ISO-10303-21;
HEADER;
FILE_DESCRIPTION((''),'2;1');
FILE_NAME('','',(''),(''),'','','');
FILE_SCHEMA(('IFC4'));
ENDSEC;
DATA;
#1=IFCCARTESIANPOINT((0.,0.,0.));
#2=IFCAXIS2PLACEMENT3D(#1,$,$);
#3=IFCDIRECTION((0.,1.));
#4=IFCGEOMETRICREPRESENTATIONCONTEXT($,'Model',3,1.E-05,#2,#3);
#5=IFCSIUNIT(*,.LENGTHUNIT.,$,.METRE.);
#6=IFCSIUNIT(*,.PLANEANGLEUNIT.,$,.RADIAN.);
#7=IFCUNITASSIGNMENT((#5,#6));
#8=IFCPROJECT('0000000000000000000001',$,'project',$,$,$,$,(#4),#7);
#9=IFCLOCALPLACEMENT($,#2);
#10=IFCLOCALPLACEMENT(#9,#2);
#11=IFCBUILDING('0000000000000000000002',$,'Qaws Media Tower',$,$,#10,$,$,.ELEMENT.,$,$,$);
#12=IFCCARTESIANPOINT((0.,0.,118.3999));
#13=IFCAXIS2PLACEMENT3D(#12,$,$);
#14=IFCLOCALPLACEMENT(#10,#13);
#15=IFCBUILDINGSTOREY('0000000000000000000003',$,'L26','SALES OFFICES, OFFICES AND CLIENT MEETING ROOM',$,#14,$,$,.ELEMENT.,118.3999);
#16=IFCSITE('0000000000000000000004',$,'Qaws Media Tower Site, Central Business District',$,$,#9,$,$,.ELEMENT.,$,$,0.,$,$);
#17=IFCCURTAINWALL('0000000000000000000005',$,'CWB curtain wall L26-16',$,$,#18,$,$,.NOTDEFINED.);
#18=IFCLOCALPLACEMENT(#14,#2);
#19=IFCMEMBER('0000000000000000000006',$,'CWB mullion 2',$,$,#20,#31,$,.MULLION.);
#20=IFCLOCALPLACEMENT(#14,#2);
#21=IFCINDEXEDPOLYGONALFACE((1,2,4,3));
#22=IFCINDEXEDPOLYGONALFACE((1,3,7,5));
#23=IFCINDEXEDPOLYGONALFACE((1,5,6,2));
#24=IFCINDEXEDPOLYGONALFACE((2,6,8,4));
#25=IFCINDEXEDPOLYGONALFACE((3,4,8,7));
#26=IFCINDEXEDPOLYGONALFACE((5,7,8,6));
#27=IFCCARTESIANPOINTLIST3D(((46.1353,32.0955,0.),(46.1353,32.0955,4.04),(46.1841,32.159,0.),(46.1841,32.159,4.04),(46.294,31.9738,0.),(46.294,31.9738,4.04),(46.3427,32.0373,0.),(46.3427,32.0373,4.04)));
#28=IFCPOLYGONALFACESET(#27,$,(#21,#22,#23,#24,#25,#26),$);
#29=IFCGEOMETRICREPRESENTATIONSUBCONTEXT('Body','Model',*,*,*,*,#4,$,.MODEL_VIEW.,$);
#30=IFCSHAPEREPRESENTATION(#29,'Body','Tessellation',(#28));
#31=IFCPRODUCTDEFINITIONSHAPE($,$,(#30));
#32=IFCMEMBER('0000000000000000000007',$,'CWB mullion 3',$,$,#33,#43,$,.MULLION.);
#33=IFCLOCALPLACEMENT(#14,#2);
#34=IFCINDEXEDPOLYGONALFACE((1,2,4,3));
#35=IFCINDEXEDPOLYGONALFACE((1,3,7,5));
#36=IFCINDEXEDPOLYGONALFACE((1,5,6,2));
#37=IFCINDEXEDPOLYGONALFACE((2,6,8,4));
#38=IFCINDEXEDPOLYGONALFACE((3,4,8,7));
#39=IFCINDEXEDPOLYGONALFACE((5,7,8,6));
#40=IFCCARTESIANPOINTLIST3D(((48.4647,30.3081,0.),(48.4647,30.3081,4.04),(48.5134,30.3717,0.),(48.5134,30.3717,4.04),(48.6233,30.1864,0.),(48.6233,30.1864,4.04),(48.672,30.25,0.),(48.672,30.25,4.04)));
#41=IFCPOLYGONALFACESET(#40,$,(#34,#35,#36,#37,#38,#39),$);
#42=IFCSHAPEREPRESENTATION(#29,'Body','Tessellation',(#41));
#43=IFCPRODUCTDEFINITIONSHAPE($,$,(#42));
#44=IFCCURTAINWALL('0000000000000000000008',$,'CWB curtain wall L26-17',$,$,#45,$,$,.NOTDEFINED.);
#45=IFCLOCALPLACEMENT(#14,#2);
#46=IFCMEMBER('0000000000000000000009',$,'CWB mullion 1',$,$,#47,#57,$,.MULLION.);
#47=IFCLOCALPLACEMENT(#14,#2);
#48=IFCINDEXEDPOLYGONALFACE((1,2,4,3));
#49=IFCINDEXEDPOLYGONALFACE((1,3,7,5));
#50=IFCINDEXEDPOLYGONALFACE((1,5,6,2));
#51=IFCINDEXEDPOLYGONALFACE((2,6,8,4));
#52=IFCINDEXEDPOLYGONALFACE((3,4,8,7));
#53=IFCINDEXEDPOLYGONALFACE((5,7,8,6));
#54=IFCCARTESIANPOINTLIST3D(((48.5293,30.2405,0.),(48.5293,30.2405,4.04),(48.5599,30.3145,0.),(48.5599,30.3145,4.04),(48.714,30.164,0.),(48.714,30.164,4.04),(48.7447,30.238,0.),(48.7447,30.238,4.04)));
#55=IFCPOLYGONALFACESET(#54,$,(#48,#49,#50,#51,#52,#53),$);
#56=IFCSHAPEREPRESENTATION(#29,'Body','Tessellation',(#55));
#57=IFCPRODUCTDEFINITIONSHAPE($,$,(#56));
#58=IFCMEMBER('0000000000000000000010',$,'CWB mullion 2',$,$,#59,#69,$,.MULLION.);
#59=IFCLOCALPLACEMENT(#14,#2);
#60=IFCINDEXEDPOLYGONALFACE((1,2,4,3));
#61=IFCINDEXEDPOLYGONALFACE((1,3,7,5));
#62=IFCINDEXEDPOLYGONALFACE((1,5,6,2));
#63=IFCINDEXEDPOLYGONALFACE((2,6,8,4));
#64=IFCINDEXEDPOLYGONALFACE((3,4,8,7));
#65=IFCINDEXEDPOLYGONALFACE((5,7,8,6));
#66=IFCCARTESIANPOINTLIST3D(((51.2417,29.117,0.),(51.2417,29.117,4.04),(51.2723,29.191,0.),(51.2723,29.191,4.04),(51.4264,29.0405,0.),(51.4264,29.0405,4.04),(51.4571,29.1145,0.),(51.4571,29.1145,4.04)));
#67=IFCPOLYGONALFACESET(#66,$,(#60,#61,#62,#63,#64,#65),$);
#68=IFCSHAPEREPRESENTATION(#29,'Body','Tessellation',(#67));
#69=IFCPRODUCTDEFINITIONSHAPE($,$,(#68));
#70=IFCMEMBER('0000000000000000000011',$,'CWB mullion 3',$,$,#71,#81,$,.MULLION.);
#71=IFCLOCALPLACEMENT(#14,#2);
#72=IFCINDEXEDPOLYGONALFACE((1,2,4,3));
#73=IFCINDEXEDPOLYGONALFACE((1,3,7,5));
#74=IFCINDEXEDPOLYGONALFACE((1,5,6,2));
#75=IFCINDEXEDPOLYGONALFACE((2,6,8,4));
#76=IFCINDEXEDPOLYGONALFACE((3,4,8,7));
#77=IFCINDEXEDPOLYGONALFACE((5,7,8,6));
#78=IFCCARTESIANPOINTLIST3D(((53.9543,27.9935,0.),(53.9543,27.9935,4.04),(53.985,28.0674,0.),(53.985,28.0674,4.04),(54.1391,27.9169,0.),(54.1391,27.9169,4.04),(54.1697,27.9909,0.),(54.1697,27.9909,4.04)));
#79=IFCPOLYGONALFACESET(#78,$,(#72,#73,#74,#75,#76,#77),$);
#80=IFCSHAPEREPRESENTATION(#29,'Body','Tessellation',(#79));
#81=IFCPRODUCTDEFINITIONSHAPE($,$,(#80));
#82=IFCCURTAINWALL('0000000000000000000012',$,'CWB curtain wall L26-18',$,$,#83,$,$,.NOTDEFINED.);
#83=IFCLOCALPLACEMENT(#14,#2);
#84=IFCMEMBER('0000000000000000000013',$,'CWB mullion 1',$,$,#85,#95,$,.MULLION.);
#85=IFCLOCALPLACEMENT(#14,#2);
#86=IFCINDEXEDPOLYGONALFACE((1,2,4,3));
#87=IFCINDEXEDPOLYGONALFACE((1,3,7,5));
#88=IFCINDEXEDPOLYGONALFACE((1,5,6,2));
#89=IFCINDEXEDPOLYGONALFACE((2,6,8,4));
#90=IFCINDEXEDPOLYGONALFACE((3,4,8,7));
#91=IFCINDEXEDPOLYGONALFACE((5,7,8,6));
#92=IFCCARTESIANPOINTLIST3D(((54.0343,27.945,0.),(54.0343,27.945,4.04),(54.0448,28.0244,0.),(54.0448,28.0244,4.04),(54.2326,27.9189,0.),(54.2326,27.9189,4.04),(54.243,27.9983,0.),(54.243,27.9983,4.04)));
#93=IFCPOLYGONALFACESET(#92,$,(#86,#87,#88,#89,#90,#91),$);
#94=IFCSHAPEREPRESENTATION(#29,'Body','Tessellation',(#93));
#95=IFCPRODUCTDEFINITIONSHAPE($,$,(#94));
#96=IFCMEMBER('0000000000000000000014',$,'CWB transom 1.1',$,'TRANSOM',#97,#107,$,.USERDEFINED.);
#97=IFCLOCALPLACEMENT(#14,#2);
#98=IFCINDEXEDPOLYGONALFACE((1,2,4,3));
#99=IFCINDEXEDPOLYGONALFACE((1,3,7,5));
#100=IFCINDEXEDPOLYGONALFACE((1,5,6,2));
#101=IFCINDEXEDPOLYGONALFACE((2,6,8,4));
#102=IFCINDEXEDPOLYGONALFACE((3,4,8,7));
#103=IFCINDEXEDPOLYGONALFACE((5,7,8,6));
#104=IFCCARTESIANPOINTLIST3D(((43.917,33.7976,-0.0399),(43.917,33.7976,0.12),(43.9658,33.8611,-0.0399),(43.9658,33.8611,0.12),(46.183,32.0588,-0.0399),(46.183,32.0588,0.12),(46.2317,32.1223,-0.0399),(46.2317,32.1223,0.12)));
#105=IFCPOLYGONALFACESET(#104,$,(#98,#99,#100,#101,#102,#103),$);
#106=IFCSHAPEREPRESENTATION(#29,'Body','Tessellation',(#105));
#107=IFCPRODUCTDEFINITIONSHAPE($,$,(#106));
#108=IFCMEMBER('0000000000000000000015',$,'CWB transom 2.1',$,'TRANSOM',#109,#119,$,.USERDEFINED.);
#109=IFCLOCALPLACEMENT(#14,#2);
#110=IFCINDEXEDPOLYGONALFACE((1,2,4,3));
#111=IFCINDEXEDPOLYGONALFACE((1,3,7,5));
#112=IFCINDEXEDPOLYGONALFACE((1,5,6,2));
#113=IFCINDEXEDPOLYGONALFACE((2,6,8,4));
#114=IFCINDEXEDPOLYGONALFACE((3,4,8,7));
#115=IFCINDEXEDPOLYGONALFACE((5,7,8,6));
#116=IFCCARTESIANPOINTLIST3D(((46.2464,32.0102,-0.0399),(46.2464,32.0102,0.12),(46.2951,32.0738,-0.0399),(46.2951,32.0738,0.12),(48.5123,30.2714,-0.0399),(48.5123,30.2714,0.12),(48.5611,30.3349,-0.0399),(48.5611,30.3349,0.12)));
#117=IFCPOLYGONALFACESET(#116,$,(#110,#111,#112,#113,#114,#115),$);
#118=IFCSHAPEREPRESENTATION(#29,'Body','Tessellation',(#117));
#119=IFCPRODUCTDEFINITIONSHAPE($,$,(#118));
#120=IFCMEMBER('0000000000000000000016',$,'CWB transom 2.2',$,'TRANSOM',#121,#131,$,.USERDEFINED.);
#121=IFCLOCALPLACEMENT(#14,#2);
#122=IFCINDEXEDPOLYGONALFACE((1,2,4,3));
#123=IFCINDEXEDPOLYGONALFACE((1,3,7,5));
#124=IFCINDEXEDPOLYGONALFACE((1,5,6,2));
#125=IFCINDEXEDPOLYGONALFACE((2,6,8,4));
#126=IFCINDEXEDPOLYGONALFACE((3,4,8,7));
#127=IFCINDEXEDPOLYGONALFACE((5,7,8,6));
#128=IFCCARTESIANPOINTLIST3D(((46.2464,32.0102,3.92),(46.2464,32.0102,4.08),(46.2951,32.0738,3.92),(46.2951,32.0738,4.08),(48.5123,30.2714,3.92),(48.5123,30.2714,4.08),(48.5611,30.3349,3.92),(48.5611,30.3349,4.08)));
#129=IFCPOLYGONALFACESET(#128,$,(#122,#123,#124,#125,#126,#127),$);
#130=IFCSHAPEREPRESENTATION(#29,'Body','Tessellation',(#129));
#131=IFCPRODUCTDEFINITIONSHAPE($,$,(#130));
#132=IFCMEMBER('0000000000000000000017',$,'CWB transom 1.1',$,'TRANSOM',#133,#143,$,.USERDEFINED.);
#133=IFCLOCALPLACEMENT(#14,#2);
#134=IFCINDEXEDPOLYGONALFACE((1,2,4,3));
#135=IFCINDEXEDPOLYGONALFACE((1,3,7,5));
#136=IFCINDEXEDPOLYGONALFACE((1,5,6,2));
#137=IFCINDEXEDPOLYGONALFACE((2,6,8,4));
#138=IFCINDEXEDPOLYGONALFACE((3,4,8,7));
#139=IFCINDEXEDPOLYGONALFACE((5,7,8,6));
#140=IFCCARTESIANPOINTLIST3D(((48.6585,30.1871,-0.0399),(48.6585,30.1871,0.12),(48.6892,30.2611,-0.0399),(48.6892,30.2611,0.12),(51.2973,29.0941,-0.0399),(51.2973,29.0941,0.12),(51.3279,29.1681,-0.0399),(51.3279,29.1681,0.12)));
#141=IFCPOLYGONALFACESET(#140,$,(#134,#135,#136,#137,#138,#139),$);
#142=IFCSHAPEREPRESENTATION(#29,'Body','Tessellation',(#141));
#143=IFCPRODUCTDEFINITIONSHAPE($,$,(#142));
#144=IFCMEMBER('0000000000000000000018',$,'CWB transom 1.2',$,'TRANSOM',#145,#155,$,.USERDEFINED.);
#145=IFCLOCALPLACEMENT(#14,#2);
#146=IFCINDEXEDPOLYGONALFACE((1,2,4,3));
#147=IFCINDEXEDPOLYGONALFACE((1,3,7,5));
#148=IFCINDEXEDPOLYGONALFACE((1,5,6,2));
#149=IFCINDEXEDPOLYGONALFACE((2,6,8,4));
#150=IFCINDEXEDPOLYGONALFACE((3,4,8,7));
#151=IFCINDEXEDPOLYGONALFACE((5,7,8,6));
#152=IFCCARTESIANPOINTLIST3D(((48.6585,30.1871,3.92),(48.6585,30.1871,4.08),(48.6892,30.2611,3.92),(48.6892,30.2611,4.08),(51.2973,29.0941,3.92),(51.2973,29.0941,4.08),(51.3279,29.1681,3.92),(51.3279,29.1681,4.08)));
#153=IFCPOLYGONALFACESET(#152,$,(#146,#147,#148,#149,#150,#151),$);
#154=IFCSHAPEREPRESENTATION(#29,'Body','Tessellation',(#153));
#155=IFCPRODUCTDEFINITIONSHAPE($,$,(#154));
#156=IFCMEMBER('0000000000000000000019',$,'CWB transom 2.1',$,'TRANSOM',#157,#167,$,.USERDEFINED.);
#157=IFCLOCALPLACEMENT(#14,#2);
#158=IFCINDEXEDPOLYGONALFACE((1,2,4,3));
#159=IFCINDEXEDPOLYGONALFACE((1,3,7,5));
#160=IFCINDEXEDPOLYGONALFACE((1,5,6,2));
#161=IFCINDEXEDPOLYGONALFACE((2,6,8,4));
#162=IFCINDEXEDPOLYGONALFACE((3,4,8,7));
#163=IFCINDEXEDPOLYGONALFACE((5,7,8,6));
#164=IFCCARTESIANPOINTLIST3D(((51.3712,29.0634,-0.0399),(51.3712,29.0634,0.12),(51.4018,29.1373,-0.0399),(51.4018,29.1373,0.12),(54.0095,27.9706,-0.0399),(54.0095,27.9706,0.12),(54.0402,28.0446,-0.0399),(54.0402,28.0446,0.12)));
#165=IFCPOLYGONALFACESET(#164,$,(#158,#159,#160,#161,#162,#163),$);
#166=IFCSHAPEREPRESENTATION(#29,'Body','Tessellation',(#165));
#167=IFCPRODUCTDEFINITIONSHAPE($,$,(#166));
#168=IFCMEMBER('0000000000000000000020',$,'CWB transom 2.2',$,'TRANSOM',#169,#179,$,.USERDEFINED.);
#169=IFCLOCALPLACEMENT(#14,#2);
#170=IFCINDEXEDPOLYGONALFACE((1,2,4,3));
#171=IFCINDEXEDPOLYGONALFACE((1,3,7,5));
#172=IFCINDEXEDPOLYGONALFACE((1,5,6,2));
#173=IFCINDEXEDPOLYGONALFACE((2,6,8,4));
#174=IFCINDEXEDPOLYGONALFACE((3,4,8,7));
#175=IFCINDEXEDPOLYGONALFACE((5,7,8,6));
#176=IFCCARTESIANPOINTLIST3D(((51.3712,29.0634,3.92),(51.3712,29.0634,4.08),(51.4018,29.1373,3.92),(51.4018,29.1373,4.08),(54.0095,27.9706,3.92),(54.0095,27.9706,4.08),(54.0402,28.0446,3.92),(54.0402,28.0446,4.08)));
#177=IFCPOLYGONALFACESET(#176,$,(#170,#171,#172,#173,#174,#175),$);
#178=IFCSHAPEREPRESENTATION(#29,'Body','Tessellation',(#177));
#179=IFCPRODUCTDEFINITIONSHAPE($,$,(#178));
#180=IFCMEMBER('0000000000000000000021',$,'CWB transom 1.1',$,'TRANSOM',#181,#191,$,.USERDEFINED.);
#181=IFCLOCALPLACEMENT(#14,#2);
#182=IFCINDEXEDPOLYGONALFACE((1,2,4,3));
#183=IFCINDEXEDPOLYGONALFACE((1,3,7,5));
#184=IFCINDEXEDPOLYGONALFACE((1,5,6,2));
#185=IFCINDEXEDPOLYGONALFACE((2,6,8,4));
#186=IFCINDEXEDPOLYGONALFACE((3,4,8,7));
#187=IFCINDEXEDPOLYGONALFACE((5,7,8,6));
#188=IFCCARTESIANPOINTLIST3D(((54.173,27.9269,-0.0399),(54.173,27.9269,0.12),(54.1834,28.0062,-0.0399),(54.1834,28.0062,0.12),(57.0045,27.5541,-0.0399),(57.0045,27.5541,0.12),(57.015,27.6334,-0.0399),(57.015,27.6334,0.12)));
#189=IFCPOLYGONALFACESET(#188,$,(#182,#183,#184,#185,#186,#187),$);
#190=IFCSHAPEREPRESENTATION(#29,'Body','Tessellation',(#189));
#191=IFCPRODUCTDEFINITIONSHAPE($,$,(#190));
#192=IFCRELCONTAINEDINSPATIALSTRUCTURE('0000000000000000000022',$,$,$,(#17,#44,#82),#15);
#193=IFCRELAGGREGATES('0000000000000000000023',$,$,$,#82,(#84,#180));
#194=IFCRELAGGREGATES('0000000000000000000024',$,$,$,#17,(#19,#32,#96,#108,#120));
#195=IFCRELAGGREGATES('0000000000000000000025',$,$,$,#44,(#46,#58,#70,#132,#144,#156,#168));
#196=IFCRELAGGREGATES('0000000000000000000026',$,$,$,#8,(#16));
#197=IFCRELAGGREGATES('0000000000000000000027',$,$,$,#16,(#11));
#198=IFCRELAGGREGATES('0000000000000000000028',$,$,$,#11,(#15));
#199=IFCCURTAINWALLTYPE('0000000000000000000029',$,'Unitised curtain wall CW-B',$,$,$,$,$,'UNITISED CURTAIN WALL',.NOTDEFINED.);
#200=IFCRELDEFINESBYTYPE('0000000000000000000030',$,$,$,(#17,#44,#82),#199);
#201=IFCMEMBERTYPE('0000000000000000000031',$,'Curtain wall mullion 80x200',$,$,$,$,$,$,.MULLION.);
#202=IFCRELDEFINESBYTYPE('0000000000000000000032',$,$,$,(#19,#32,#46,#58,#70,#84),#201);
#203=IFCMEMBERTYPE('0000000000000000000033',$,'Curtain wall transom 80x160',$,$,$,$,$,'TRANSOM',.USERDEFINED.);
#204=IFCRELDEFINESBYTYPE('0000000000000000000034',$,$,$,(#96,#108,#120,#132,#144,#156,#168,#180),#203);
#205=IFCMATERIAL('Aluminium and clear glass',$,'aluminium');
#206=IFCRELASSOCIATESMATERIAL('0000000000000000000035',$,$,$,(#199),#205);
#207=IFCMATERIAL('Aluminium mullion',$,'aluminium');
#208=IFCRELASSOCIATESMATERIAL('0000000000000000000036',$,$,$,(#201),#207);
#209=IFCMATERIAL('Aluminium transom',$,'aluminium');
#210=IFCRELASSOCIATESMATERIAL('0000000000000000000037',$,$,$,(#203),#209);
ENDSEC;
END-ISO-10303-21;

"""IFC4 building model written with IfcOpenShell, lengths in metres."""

from ifc_helpers import new_model, si_unit, direction, frame, origin, origin_2d, place, context, subcontext, project, spatial, rectangle, extrude, material, material_profile, profile_set, type_object, element, aggregate, save


model = new_model("IFC4")

# Units and contexts
model_context = context("Model", 3, precision=1e-05, world=origin(), true_north=direction((0.0, 1.0)))
body_context = subcontext(model_context, "Body", "Model", "MODEL_VIEW")
ifc_project = project(units=[si_unit("LENGTHUNIT", "METRE"), si_unit("PLANEANGLEUNIT", "RADIAN")], contexts=[model_context])

# Site, building, storey
site_placement = place(None, origin())
site = spatial("IfcSite", under=ifc_project, at=site_placement, Name="Qaws Media Tower Site, Central Business District", CompositionType="ELEMENT", RefElevation=0.0)
building_placement = place(site_placement, origin())
building = spatial("IfcBuilding", under=site, at=building_placement, Name="Qaws Media Tower", CompositionType="ELEMENT")
storey_placement = place(building_placement, frame((0.0, 0.0, 118.3999)))
storey = spatial("IfcBuildingStorey", under=building, at=storey_placement, Name="L26", Description="SALES OFFICES, OFFICES AND CLIENT MEETING ROOM", CompositionType="ELEMENT", Elevation=118.3999)

# Curtain walls, members
ifc_material_1 = material(Name="Aluminium and clear glass", Category="aluminium")
curtain_wall_type = type_object("IfcCurtainWallType", Name="Unitised curtain wall CW-B", ElementType="UNITISED CURTAIN WALL", PredefinedType="NOTDEFINED", material=ifc_material_1)
curtain_wall_1_placement = place(storey_placement, origin())
curtain_wall_1 = element("IfcCurtainWall", 1, at=curtain_wall_1_placement, inside=storey, type_object=curtain_wall_type, Name="CWB curtain wall L26-16", PredefinedType="NOTDEFINED")
ifc_material_2 = material(Name="Aluminium mullion", Category="aluminium")
ifc_material_profile_1 = material_profile(ifc_material_2, rectangle(XDim=0.0801, YDim=0.2, at=origin_2d()), Name="80x200")
ifc_profile_set_1 = profile_set([ifc_material_profile_1], Name="Aluminium mullion")
member_type_1 = type_object("IfcMemberType", Name="Curtain wall mullion 80x200", PredefinedType="MULLION", material=ifc_profile_set_1)
member_1_placement = place(storey_placement, frame((46.239, 32.0664, 0.0), z_axis=(0.0, 0.0, 1.0), x_axis=(0.608761, 0.793353, 0.0)))
member_1 = element("IfcMember", 2, at=member_1_placement, type_object=member_type_1, Name="CWB mullion 2", PredefinedType="MULLION", context=body_context, shape_type="SweptSolid", body=[
    extrude(rectangle(XDim=0.0801, YDim=0.2, at=origin_2d()), origin(), (0.0, 0.0, 1.0), 4.04),
])
member_2_placement = place(storey_placement, frame((48.5684, 30.2791, 0.0), z_axis=(0.0, 0.0, 1.0), x_axis=(0.608761, 0.793353, 0.0)))
member_2 = element("IfcMember", 3, at=member_2_placement, type_object=member_type_1, Name="CWB mullion 3", PredefinedType="MULLION", context=body_context, shape_type="SweptSolid", body=[
    extrude(rectangle(XDim=0.0801, YDim=0.2, at=origin_2d()), origin(), (0.0, 0.0, 1.0), 4.04),
])
curtain_wall_2_placement = place(storey_placement, origin())
curtain_wall_2 = element("IfcCurtainWall", 4, at=curtain_wall_2_placement, inside=storey, type_object=curtain_wall_type, Name="CWB curtain wall L26-17", PredefinedType="NOTDEFINED")
member_3_placement = place(storey_placement, frame((48.637, 30.2393, 0.0), z_axis=(0.0, 0.0, 1.0), x_axis=(0.382683, 0.92388, 0.0)))
member_3 = element("IfcMember", 5, at=member_3_placement, type_object=member_type_1, Name="CWB mullion 1", PredefinedType="MULLION", context=body_context, shape_type="SweptSolid", body=[
    extrude(rectangle(XDim=0.0801, YDim=0.2, at=origin_2d()), origin(), (0.0, 0.0, 1.0), 4.04),
])
member_4_placement = place(storey_placement, frame((51.3494, 29.1157, 0.0), z_axis=(0.0, 0.0, 1.0), x_axis=(0.382683, 0.92388, 0.0)))
member_4 = element("IfcMember", 6, at=member_4_placement, type_object=member_type_1, Name="CWB mullion 2", PredefinedType="MULLION", context=body_context, shape_type="SweptSolid", body=[
    extrude(rectangle(XDim=0.0801, YDim=0.2, at=origin_2d()), origin(), (0.0, 0.0, 1.0), 4.04),
])
member_5_placement = place(storey_placement, frame((54.062, 27.9922, 0.0), z_axis=(0.0, 0.0, 1.0), x_axis=(0.382683, 0.92388, 0.0)))
member_5 = element("IfcMember", 7, at=member_5_placement, type_object=member_type_1, Name="CWB mullion 3", PredefinedType="MULLION", context=body_context, shape_type="SweptSolid", body=[
    extrude(rectangle(XDim=0.0801, YDim=0.2, at=origin_2d()), origin(), (0.0, 0.0, 1.0), 4.04),
])

# Curtain wall, member
curtain_wall_3_placement = place(storey_placement, origin())
curtain_wall_3 = element("IfcCurtainWall", 8, at=curtain_wall_3_placement, inside=storey, type_object=curtain_wall_type, Name="CWB curtain wall L26-18", PredefinedType="NOTDEFINED")
member_6_placement = place(storey_placement, frame((54.1387, 27.9717, 0.0), z_axis=(0.0, 0.0, 1.0), x_axis=(0.130526, 0.991445, 0.0)))
member_6 = element("IfcMember", 9, at=member_6_placement, type_object=member_type_1, Name="CWB mullion 1", PredefinedType="MULLION", context=body_context, shape_type="SweptSolid", body=[
    extrude(rectangle(XDim=0.0801, YDim=0.2, at=origin_2d()), origin(), (0.0, 0.0, 1.0), 4.04),
])

# Members
ifc_material_3 = material(Name="Aluminium transom", Category="aluminium")
ifc_material_profile_2 = material_profile(ifc_material_3, rectangle(XDim=0.0801, YDim=0.1599, at=origin_2d()), Name="80x160")
ifc_profile_set_2 = profile_set([ifc_material_profile_2], Name="Aluminium transom")
member_type_2 = type_object("IfcMemberType", Name="Curtain wall transom 80x160", ElementType="TRANSOM", PredefinedType="USERDEFINED", material=ifc_profile_set_2)
member_7_placement = place(storey_placement, frame((43.9414, 33.8293, 0.04), z_axis=(0.793335, -0.608785, 0.0), x_axis=(0.608785, 0.793335, 0.0)))
member_7 = element("IfcMember", 10, at=member_7_placement, type_object=member_type_2, Name="CWB transom 1.1", ObjectType="TRANSOM", PredefinedType="USERDEFINED", context=body_context, shape_type="SweptSolid", body=[
    extrude(rectangle(XDim=0.0801, YDim=0.1599, at=origin_2d()), origin(), (0.0, 0.0, 1.0), 2.8562),
])
member_8_placement = place(storey_placement, frame((46.2708, 32.042, 0.04), z_axis=(0.793335, -0.608785, 0.0), x_axis=(0.608785, 0.793335, 0.0)))
member_8 = element("IfcMember", 11, at=member_8_placement, type_object=member_type_2, Name="CWB transom 2.1", ObjectType="TRANSOM", PredefinedType="USERDEFINED", context=body_context, shape_type="SweptSolid", body=[
    extrude(rectangle(XDim=0.0801, YDim=0.1599, at=origin_2d()), origin(), (0.0, 0.0, 1.0), 2.8562),
])
member_9_placement = place(storey_placement, frame((46.2708, 32.042, 4.0), z_axis=(0.793335, -0.608785, 0.0), x_axis=(0.608785, 0.793335, 0.0)))
member_9 = element("IfcMember", 12, at=member_9_placement, type_object=member_type_2, Name="CWB transom 2.2", ObjectType="TRANSOM", PredefinedType="USERDEFINED", context=body_context, shape_type="SweptSolid", body=[
    extrude(rectangle(XDim=0.0801, YDim=0.1599, at=origin_2d()), origin(), (0.0, 0.0, 1.0), 2.8562),
])
member_10_placement = place(storey_placement, frame((48.6738, 30.2241, 0.04), z_axis=(0.923874, -0.382697, 0.0), x_axis=(0.382697, 0.923874, 0.0)))
member_10 = element("IfcMember", 13, at=member_10_placement, type_object=member_type_2, Name="CWB transom 1.1", ObjectType="TRANSOM", PredefinedType="USERDEFINED", context=body_context, shape_type="SweptSolid", body=[
    extrude(rectangle(XDim=0.0801, YDim=0.1599, at=origin_2d()), origin(), (0.0, 0.0, 1.0), 2.8562),
])
member_11_placement = place(storey_placement, frame((48.6738, 30.2241, 4.0), z_axis=(0.923874, -0.382697, 0.0), x_axis=(0.382697, 0.923874, 0.0)))
member_11 = element("IfcMember", 14, at=member_11_placement, type_object=member_type_2, Name="CWB transom 1.2", ObjectType="TRANSOM", PredefinedType="USERDEFINED", context=body_context, shape_type="SweptSolid", body=[
    extrude(rectangle(XDim=0.0801, YDim=0.1599, at=origin_2d()), origin(), (0.0, 0.0, 1.0), 2.8562),
])
member_12_placement = place(storey_placement, frame((51.3865, 29.1003, 0.04), z_axis=(0.923892, -0.382654, 0.0), x_axis=(0.382654, 0.923892, 0.0)))
member_12 = element("IfcMember", 15, at=member_12_placement, type_object=member_type_2, Name="CWB transom 2.1", ObjectType="TRANSOM", PredefinedType="USERDEFINED", context=body_context, shape_type="SweptSolid", body=[
    extrude(rectangle(XDim=0.0801, YDim=0.1599, at=origin_2d()), origin(), (0.0, 0.0, 1.0), 2.8557),
])
member_13_placement = place(storey_placement, frame((51.3865, 29.1003, 4.0), z_axis=(0.923892, -0.382654, 0.0), x_axis=(0.382654, 0.923892, 0.0)))
member_13 = element("IfcMember", 16, at=member_13_placement, type_object=member_type_2, Name="CWB transom 2.2", ObjectType="TRANSOM", PredefinedType="USERDEFINED", context=body_context, shape_type="SweptSolid", body=[
    extrude(rectangle(XDim=0.0801, YDim=0.1599, at=origin_2d()), origin(), (0.0, 0.0, 1.0), 2.8557),
])
member_14_placement = place(storey_placement, frame((54.1782, 27.9666, 0.04), z_axis=(0.991444, -0.130534, 0.0), x_axis=(0.130534, 0.991444, 0.0)))
member_14 = element("IfcMember", 17, at=member_14_placement, type_object=member_type_2, Name="CWB transom 1.1", ObjectType="TRANSOM", PredefinedType="USERDEFINED", context=body_context, shape_type="SweptSolid", body=[
    extrude(rectangle(XDim=0.0801, YDim=0.1599, at=origin_2d()), origin(), (0.0, 0.0, 1.0), 2.856),
])
aggregate(curtain_wall_3, [member_6, member_14])

aggregate(curtain_wall_1, [member_1, member_2, member_7, member_8, member_9])
aggregate(curtain_wall_2, [member_3, member_4, member_5, member_10, member_11, member_12, member_13])

save(model, "model.ifc")
